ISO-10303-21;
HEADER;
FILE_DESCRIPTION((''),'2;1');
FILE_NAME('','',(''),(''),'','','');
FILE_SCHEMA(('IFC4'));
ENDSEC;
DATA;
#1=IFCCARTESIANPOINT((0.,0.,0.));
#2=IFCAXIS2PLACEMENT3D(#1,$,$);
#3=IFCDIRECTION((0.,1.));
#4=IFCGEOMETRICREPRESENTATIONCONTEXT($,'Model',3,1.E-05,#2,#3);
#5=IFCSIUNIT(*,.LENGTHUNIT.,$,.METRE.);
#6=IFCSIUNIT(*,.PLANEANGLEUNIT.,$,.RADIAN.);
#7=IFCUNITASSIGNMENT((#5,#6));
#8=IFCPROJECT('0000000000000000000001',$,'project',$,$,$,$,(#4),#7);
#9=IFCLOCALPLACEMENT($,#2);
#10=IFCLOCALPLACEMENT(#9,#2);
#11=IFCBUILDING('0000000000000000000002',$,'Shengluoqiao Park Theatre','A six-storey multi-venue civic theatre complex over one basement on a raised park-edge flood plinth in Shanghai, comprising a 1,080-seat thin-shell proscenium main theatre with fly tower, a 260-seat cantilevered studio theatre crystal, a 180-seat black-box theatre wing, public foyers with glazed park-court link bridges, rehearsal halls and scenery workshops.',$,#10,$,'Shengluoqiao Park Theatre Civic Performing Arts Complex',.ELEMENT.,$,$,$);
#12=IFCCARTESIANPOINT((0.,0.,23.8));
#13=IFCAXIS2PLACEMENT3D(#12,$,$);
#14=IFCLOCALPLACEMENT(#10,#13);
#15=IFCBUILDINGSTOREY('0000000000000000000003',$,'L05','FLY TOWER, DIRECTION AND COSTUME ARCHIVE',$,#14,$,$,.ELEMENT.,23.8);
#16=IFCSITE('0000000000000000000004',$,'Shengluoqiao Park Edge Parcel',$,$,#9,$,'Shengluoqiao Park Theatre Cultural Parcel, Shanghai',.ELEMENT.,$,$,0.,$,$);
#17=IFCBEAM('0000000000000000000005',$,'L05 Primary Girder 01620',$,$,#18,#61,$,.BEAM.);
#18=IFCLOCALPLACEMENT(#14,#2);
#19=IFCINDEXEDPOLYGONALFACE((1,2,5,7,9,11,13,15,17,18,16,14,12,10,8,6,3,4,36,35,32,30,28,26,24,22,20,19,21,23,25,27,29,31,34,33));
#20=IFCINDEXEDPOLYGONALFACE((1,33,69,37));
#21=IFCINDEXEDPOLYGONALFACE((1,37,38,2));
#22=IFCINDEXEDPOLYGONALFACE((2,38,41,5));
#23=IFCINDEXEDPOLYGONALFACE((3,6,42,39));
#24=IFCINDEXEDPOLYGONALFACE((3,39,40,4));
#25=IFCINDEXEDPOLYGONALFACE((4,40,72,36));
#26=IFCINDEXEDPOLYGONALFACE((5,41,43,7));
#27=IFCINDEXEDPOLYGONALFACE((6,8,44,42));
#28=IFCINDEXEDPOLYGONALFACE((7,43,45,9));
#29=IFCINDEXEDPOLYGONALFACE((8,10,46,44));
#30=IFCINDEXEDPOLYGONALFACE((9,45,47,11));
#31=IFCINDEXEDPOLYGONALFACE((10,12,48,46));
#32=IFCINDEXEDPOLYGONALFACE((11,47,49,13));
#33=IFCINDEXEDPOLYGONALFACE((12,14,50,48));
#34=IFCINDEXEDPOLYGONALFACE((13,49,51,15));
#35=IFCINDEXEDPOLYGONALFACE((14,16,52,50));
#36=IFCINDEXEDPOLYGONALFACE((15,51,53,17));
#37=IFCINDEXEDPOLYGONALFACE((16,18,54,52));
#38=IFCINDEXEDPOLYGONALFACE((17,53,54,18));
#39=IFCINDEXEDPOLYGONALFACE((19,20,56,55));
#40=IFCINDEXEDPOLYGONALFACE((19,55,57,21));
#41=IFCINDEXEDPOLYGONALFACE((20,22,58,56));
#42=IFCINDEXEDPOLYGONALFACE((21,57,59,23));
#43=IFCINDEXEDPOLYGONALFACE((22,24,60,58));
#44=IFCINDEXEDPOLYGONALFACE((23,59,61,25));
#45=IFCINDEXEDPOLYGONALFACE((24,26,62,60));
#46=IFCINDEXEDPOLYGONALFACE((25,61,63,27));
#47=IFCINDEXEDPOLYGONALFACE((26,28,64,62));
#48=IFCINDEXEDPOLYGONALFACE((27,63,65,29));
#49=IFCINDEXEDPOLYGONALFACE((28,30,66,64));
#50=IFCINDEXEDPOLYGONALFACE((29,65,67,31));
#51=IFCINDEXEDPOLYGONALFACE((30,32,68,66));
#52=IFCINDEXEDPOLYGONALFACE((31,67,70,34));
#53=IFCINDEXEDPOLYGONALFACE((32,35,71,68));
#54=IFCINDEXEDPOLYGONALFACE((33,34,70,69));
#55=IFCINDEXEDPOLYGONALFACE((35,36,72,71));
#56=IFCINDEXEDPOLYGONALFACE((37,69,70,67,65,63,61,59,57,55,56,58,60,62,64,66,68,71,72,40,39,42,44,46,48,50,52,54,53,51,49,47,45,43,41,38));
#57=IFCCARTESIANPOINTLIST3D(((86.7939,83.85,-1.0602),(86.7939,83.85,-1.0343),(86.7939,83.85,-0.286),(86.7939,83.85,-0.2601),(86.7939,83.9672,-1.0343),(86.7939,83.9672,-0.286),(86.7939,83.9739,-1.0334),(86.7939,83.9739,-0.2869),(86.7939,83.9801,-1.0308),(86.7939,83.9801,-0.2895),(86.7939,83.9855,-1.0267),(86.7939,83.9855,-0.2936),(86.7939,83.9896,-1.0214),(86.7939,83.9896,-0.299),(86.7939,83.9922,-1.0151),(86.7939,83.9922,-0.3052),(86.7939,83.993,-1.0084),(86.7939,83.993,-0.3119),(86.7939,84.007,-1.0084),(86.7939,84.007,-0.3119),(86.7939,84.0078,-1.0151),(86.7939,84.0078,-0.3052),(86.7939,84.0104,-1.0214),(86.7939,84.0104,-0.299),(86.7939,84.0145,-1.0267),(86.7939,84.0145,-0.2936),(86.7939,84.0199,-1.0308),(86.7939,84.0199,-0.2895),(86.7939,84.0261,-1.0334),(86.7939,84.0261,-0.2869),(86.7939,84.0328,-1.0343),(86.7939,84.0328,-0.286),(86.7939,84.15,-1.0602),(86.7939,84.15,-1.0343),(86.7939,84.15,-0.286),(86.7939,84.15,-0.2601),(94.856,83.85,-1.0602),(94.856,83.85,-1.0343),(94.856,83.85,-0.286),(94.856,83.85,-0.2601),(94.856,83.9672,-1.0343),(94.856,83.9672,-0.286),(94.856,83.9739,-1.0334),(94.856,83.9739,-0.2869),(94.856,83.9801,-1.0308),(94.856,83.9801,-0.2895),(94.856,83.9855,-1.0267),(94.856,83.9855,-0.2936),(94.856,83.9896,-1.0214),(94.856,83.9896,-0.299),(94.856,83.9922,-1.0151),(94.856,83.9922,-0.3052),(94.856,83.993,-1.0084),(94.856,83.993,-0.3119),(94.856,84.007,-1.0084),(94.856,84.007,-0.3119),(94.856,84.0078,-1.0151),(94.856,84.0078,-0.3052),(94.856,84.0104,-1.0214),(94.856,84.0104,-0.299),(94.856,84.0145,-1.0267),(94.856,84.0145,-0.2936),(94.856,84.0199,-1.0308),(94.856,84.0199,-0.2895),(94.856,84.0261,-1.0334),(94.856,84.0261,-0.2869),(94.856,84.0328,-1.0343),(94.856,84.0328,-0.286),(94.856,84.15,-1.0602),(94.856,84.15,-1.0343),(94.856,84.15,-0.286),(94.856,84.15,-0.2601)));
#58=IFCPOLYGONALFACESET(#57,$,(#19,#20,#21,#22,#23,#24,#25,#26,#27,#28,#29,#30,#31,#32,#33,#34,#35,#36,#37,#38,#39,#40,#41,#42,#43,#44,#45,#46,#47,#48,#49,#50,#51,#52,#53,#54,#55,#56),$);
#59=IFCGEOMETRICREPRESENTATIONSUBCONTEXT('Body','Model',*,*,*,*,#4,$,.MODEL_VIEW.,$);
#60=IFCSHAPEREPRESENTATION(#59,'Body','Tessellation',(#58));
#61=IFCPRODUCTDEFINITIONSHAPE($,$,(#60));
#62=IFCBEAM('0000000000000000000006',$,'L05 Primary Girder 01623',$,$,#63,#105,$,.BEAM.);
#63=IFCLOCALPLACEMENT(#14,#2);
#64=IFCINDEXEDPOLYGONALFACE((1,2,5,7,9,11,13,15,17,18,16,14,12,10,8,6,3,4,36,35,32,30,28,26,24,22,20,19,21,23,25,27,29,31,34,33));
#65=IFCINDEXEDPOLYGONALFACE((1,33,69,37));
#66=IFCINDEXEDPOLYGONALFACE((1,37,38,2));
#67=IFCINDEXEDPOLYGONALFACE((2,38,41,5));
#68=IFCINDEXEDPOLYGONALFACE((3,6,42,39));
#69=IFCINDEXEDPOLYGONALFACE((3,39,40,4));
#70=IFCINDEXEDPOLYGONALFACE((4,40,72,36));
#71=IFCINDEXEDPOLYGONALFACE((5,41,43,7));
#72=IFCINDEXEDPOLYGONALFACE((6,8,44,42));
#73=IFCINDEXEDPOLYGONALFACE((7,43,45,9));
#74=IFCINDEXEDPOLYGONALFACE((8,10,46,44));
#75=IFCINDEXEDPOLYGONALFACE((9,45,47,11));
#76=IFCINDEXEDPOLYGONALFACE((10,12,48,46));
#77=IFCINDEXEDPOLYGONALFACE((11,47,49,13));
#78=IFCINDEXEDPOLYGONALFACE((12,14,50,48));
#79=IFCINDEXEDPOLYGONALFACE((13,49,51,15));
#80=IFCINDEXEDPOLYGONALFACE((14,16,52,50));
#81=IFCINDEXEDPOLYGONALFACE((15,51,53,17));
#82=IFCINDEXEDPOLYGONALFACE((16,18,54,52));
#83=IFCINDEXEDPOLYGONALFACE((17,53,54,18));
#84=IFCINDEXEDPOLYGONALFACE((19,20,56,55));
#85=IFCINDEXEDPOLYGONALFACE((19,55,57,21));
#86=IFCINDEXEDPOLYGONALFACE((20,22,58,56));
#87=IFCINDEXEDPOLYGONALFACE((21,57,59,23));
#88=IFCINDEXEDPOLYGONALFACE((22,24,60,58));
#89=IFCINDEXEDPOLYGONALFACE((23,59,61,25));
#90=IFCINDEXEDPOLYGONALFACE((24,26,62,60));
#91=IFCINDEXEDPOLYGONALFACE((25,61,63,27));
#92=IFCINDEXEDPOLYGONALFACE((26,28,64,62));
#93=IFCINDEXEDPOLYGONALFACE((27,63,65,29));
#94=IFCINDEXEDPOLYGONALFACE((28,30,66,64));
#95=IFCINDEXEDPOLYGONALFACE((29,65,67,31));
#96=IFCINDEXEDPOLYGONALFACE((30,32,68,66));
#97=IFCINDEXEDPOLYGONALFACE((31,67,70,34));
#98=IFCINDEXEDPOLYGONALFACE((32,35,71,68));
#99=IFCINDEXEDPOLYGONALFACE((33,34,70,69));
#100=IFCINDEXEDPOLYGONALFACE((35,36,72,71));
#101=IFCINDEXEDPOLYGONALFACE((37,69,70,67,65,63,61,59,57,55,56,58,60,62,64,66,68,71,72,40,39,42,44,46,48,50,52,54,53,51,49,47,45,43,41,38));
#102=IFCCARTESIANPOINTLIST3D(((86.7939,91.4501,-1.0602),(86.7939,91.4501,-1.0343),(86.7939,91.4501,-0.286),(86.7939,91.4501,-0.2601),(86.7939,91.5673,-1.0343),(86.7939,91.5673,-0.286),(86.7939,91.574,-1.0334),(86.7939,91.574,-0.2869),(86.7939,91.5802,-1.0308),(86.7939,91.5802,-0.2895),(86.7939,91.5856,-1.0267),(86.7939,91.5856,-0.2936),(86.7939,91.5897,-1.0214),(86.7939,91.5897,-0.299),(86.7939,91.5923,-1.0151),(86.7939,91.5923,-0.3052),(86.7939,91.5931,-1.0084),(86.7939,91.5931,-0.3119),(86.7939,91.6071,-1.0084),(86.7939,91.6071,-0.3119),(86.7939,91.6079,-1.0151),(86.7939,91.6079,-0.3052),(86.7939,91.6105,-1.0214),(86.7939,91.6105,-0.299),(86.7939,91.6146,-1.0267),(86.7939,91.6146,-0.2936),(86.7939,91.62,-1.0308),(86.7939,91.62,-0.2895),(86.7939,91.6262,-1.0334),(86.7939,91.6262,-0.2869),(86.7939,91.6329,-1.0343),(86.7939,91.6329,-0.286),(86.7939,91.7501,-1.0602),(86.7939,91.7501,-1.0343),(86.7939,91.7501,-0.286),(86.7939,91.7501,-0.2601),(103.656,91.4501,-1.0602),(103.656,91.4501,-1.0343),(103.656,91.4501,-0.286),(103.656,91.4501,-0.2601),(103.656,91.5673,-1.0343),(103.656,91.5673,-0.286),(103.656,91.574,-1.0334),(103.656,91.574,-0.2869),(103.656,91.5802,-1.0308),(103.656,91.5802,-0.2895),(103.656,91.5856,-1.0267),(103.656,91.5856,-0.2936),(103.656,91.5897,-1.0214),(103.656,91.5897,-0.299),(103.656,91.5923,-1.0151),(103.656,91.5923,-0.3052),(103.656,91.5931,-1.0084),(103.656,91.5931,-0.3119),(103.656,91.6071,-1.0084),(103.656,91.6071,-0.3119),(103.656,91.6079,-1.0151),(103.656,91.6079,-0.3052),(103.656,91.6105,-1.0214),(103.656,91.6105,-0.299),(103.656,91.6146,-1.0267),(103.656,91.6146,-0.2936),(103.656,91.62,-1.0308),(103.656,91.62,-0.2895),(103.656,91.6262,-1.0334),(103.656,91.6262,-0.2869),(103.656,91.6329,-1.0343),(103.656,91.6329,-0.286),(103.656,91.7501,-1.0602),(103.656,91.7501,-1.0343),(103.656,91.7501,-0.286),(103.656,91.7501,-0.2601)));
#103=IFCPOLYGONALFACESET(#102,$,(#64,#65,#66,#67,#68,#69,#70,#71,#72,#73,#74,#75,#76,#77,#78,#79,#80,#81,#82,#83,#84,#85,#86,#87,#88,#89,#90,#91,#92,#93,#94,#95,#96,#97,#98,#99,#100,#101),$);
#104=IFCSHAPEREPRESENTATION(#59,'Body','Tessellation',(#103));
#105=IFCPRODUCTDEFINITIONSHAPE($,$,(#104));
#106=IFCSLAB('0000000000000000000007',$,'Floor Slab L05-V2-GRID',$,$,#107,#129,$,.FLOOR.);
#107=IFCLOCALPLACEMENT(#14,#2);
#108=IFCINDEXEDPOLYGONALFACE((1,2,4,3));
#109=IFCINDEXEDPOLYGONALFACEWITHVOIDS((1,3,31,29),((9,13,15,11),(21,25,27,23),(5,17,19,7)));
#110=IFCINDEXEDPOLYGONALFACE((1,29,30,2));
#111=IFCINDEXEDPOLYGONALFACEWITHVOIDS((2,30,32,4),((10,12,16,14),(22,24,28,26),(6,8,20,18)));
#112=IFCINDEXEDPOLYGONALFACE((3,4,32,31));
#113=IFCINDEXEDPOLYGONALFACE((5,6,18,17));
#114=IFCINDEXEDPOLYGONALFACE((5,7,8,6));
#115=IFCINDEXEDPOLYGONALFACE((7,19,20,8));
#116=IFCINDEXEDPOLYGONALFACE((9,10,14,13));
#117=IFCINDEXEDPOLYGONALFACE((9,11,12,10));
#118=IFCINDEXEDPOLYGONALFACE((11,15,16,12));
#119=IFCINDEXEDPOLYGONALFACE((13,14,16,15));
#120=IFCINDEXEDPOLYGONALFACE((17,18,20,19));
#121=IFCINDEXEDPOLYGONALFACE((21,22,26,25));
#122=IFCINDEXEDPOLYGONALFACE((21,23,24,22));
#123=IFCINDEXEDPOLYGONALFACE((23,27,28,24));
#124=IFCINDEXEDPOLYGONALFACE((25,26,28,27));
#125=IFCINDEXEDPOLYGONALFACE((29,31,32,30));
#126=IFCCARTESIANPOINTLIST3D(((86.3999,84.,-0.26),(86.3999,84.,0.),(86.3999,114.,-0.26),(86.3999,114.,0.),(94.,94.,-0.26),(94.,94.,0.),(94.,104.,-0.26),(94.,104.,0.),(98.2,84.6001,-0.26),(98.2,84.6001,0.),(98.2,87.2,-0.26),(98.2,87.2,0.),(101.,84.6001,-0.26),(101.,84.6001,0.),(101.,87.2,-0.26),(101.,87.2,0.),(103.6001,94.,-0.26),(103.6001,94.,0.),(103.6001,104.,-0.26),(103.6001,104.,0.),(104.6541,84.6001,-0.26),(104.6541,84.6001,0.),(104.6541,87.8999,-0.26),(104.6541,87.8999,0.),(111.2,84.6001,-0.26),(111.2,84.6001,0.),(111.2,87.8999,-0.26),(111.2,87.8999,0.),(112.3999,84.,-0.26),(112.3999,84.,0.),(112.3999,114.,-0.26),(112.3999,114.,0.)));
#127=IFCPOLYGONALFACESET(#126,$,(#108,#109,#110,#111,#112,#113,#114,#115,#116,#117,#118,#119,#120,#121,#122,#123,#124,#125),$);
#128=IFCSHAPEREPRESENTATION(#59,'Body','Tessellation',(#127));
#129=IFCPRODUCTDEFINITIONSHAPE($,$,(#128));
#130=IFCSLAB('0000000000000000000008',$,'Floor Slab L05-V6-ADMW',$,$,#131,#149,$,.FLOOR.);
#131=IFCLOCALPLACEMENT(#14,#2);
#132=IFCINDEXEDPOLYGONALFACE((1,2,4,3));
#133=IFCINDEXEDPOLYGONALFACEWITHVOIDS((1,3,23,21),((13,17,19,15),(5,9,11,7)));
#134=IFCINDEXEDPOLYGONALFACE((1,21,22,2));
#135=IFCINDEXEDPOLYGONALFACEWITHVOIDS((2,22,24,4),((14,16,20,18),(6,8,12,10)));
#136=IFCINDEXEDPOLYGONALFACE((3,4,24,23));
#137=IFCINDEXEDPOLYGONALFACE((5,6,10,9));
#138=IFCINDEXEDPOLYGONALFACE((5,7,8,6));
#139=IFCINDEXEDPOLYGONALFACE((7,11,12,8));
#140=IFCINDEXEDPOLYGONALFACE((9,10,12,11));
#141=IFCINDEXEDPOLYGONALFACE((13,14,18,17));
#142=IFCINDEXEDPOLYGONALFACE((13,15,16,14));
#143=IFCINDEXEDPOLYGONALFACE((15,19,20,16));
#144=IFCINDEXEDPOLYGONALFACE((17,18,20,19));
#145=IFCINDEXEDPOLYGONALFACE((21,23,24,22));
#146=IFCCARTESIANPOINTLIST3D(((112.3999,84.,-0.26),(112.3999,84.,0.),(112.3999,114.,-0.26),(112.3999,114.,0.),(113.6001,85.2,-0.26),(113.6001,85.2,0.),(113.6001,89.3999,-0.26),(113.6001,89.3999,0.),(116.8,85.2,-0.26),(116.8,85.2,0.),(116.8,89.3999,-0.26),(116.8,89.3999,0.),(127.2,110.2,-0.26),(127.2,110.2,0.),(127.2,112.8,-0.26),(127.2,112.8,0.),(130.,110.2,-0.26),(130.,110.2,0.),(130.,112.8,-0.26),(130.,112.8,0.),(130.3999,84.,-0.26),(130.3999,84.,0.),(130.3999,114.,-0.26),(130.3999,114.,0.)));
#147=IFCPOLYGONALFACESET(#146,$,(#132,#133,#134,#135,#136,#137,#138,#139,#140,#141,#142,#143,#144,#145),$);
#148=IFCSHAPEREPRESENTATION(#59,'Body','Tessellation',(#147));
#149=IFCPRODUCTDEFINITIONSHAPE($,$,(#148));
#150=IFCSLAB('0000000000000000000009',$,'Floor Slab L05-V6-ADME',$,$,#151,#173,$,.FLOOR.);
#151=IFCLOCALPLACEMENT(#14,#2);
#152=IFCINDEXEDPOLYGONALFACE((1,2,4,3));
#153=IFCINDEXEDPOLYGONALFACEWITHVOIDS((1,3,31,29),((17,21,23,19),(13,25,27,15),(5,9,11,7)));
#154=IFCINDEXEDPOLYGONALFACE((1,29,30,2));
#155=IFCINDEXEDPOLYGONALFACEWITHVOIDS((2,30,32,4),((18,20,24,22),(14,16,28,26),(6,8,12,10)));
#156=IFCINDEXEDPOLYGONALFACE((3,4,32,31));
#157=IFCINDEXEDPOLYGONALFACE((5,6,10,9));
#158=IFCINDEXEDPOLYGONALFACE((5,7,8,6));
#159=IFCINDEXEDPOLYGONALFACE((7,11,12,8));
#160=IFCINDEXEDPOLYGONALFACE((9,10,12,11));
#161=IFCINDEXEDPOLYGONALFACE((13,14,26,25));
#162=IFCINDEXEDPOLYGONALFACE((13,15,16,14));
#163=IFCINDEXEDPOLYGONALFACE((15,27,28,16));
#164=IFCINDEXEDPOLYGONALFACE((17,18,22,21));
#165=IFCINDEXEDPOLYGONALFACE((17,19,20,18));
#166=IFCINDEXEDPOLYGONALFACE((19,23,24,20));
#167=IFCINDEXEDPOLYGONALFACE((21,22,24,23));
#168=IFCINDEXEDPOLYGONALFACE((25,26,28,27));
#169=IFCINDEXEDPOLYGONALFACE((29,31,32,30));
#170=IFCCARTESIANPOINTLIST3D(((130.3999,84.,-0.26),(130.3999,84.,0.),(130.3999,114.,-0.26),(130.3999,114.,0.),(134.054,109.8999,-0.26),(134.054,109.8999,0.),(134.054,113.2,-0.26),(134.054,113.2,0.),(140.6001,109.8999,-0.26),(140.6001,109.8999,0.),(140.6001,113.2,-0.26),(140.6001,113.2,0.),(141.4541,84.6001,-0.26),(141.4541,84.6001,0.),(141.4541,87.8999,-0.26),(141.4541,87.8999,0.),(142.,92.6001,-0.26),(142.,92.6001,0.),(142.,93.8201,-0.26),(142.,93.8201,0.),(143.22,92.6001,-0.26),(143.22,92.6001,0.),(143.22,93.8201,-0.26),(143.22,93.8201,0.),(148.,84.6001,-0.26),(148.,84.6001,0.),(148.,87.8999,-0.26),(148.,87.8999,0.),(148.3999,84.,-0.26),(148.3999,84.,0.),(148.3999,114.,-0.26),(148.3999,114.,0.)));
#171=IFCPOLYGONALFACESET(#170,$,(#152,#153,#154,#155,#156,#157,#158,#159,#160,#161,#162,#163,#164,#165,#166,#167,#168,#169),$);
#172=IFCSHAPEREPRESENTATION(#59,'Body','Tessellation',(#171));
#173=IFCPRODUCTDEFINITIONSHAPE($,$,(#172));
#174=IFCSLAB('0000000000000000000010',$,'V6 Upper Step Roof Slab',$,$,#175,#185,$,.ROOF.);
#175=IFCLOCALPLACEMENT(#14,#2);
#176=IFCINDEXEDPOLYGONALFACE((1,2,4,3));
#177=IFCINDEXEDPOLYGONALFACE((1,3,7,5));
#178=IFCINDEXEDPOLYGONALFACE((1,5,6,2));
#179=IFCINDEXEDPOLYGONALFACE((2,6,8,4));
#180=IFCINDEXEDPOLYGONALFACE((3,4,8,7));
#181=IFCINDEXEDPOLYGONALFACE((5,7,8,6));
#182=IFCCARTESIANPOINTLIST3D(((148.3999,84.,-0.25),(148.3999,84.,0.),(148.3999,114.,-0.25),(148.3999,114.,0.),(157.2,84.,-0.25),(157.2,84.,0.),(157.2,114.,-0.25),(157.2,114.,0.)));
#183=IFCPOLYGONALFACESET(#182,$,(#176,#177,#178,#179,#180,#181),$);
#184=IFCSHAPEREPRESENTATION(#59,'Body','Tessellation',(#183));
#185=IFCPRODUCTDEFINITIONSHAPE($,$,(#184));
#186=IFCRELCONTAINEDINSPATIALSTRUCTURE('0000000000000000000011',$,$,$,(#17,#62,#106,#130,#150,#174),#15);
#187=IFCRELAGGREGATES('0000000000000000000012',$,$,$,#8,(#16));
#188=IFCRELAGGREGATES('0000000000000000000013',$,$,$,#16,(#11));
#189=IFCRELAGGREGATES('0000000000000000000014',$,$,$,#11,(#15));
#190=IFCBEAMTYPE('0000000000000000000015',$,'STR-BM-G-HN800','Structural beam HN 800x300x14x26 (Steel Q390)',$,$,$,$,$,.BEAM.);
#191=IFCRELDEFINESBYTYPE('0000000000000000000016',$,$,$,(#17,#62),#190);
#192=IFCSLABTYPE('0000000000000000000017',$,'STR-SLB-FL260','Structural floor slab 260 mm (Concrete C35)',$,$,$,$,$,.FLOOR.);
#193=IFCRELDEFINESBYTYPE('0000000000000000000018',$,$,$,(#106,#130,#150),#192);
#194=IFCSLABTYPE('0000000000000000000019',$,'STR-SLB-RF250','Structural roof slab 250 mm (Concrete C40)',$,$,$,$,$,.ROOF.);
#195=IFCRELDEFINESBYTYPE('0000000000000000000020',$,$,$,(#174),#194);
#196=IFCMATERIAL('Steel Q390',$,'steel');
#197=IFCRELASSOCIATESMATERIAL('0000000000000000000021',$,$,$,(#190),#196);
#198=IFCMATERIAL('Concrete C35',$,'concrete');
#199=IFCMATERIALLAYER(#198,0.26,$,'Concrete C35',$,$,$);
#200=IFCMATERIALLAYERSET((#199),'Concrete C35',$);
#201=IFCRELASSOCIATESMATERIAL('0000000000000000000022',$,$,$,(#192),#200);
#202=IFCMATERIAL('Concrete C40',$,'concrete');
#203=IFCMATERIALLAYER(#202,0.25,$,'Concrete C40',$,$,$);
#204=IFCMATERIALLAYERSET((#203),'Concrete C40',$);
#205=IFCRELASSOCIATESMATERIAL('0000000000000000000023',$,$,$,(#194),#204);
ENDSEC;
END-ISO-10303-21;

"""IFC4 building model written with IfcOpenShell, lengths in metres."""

from ifc_helpers import new_model, si_unit, direction, frame, origin, origin_2d, place, context, subcontext, project, spatial, polyline, i_section, outline, extrude, material, layer, layer_set, material_profile, profile_set, type_object, element, save


model = new_model("IFC4")

# Units and contexts
model_context = context("Model", 3, precision=1e-05, world=origin(), true_north=direction((0.0, 1.0)))
body_context = subcontext(model_context, "Body", "Model", "MODEL_VIEW")
ifc_project = project(units=[si_unit("LENGTHUNIT", "METRE"), si_unit("PLANEANGLEUNIT", "RADIAN")], contexts=[model_context])

# Site, building, storey
site_placement = place(None, origin())
site = spatial("IfcSite", under=ifc_project, at=site_placement, Name="Shengluoqiao Park Edge Parcel", LongName="Shengluoqiao Park Theatre Cultural Parcel, Shanghai", CompositionType="ELEMENT", RefElevation=0.0)
building_placement = place(site_placement, origin())
building = spatial("IfcBuilding", under=site, at=building_placement, Name="Shengluoqiao Park Theatre", Description="A six-storey multi-venue civic theatre complex over one basement on a raised park-edge flood plinth in Shanghai, comprising a 1,080-seat thin-shell proscenium main theatre with fly tower, a 260-seat cantilevered studio theatre crystal, a 180-seat black-box theatre wing, public foyers with glazed park-court link bridges, rehearsal halls and scenery workshops.", LongName="Shengluoqiao Park Theatre Civic Performing Arts Complex", CompositionType="ELEMENT")
storey_placement = place(building_placement, frame((0.0, 0.0, 23.8)))
storey = spatial("IfcBuildingStorey", under=building, at=storey_placement, Name="L05", Description="FLY TOWER, DIRECTION AND COSTUME ARCHIVE", CompositionType="ELEMENT", Elevation=23.8)

# Beams
ifc_material_1 = material(Name="Steel Q390", Category="steel")
ifc_material_profile_1 = material_profile(ifc_material_1, i_section(OverallWidth=0.3, OverallDepth=0.8, WebThickness=0.0139, FlangeThickness=0.0259, FilletRadius=0.0259, at=origin_2d()), Name="HN 800x300x14x26")
ifc_profile_set_1 = profile_set([ifc_material_profile_1], Name="Steel Q390")
beam_type_1 = type_object("IfcBeamType", Name="STR-BM-G-HN800", Description="Structural beam HN 800x300x14x26 (Steel Q390)", PredefinedType="BEAM", material=ifc_profile_set_1)
beam_1_placement = place(storey_placement, frame((86.7939, 84.0, -0.6602), z_axis=(1.0, 0.0, 0.0), x_axis=(0.0, 1.0, 0.0)))
element("IfcBeam", 1, at=beam_1_placement, inside=storey, type_object=beam_type_1, Name="L05 Primary Girder 01620", PredefinedType="BEAM", context=body_context, shape_type="SweptSolid", body=[
    extrude(i_section(OverallWidth=0.3, OverallDepth=0.8, WebThickness=0.0139, FlangeThickness=0.0259, FilletRadius=0.0259, at=origin_2d()), origin(), (0.0, 0.0, 1.0), 8.062),
])
beam_2_placement = place(storey_placement, frame((86.7939, 91.6001, -0.6602), z_axis=(1.0, 0.0, 0.0), x_axis=(0.0, 1.0, 0.0)))
element("IfcBeam", 2, at=beam_2_placement, inside=storey, type_object=beam_type_1, Name="L05 Primary Girder 01623", PredefinedType="BEAM", context=body_context, shape_type="SweptSolid", body=[
    extrude(i_section(OverallWidth=0.3, OverallDepth=0.8, WebThickness=0.0139, FlangeThickness=0.0259, FilletRadius=0.0259, at=origin_2d()), origin(), (0.0, 0.0, 1.0), 16.8621),
])

# Slabs
ifc_material_2 = material(Name="Concrete C35", Category="concrete")
ifc_layer_1 = layer(ifc_material_2, 0.26, Name="Concrete C35")
ifc_layer_set_1 = layer_set([ifc_layer_1], Name="Concrete C35")
slab_type_1 = type_object("IfcSlabType", Name="STR-SLB-FL260", Description="Structural floor slab 260 mm (Concrete C35)", PredefinedType="FLOOR", material=ifc_layer_set_1)
slab_1_placement = place(storey_placement, frame((0.0, 0.0, -0.26)))
element("IfcSlab", 3, at=slab_1_placement, inside=storey, type_object=slab_type_1, Name="Floor Slab L05-V2-GRID", PredefinedType="FLOOR", context=body_context, shape_type="SweptSolid", body=[
    extrude(outline(polyline([(86.3999, 84.0), (86.3999, 114.0), (112.3999, 114.0), (112.3999, 84.0), (86.3999, 84.0)]), holes=[polyline([(98.2, 87.2), (98.2, 84.6001), (101.0, 84.6001), (101.0, 87.2), (98.2, 87.2)]), polyline([(111.2, 87.8999), (104.6541, 87.8999), (104.6541, 84.6001), (111.2, 84.6001), (111.2, 87.8999)]), polyline([(94.0, 104.0), (94.0, 94.0), (103.6001, 94.0), (103.6001, 104.0), (94.0, 104.0)])]), origin(), (0.0, 0.0, 1.0), 0.26),
])
slab_2_placement = place(storey_placement, frame((0.0, 0.0, -0.26)))
element("IfcSlab", 4, at=slab_2_placement, inside=storey, type_object=slab_type_1, Name="Floor Slab L05-V6-ADMW", PredefinedType="FLOOR", context=body_context, shape_type="SweptSolid", body=[
    extrude(outline(polyline([(112.3999, 84.0), (112.3999, 114.0), (130.3999, 114.0), (130.3999, 84.0), (112.3999, 84.0)]), holes=[polyline([(113.6001, 89.3999), (113.6001, 85.2), (116.8, 85.2), (116.8, 89.3999), (113.6001, 89.3999)]), polyline([(127.2, 112.8), (127.2, 110.2), (130.0, 110.2), (130.0, 112.8), (127.2, 112.8)])]), origin(), (0.0, 0.0, 1.0), 0.26),
])
slab_3_placement = place(storey_placement, frame((0.0, 0.0, -0.26)))
element("IfcSlab", 5, at=slab_3_placement, inside=storey, type_object=slab_type_1, Name="Floor Slab L05-V6-ADME", PredefinedType="FLOOR", context=body_context, shape_type="SweptSolid", body=[
    extrude(outline(polyline([(130.3999, 84.0), (130.3999, 114.0), (148.3999, 114.0), (148.3999, 84.0), (130.3999, 84.0)]), holes=[polyline([(148.0, 87.8999), (141.4541, 87.8999), (141.4541, 84.6001), (148.0, 84.6001), (148.0, 87.8999)]), polyline([(142.0, 93.8201), (142.0, 92.6001), (143.22, 92.6001), (143.22, 93.8201), (142.0, 93.8201)]), polyline([(140.6001, 113.2), (134.054, 113.2), (134.054, 109.8999), (140.6001, 109.8999), (140.6001, 113.2)])]), origin(), (0.0, 0.0, 1.0), 0.26),
])
ifc_material_3 = material(Name="Concrete C40", Category="concrete")
ifc_layer_2 = layer(ifc_material_3, 0.25, Name="Concrete C40")
ifc_layer_set_2 = layer_set([ifc_layer_2], Name="Concrete C40")
slab_type_2 = type_object("IfcSlabType", Name="STR-SLB-RF250", Description="Structural roof slab 250 mm (Concrete C40)", PredefinedType="ROOF", material=ifc_layer_set_2)
slab_4_placement = place(storey_placement, frame((0.0, 0.0, -0.25)))
element("IfcSlab", 6, at=slab_4_placement, inside=storey, type_object=slab_type_2, Name="V6 Upper Step Roof Slab", PredefinedType="ROOF", context=body_context, shape_type="SweptSolid", body=[
    extrude(outline(polyline([(148.3999, 84.0), (157.2, 84.0), (157.2, 114.0), (148.3999, 114.0), (148.3999, 84.0)])), origin(), (0.0, 0.0, 1.0), 0.25),
])

save(model, "model.ifc")
